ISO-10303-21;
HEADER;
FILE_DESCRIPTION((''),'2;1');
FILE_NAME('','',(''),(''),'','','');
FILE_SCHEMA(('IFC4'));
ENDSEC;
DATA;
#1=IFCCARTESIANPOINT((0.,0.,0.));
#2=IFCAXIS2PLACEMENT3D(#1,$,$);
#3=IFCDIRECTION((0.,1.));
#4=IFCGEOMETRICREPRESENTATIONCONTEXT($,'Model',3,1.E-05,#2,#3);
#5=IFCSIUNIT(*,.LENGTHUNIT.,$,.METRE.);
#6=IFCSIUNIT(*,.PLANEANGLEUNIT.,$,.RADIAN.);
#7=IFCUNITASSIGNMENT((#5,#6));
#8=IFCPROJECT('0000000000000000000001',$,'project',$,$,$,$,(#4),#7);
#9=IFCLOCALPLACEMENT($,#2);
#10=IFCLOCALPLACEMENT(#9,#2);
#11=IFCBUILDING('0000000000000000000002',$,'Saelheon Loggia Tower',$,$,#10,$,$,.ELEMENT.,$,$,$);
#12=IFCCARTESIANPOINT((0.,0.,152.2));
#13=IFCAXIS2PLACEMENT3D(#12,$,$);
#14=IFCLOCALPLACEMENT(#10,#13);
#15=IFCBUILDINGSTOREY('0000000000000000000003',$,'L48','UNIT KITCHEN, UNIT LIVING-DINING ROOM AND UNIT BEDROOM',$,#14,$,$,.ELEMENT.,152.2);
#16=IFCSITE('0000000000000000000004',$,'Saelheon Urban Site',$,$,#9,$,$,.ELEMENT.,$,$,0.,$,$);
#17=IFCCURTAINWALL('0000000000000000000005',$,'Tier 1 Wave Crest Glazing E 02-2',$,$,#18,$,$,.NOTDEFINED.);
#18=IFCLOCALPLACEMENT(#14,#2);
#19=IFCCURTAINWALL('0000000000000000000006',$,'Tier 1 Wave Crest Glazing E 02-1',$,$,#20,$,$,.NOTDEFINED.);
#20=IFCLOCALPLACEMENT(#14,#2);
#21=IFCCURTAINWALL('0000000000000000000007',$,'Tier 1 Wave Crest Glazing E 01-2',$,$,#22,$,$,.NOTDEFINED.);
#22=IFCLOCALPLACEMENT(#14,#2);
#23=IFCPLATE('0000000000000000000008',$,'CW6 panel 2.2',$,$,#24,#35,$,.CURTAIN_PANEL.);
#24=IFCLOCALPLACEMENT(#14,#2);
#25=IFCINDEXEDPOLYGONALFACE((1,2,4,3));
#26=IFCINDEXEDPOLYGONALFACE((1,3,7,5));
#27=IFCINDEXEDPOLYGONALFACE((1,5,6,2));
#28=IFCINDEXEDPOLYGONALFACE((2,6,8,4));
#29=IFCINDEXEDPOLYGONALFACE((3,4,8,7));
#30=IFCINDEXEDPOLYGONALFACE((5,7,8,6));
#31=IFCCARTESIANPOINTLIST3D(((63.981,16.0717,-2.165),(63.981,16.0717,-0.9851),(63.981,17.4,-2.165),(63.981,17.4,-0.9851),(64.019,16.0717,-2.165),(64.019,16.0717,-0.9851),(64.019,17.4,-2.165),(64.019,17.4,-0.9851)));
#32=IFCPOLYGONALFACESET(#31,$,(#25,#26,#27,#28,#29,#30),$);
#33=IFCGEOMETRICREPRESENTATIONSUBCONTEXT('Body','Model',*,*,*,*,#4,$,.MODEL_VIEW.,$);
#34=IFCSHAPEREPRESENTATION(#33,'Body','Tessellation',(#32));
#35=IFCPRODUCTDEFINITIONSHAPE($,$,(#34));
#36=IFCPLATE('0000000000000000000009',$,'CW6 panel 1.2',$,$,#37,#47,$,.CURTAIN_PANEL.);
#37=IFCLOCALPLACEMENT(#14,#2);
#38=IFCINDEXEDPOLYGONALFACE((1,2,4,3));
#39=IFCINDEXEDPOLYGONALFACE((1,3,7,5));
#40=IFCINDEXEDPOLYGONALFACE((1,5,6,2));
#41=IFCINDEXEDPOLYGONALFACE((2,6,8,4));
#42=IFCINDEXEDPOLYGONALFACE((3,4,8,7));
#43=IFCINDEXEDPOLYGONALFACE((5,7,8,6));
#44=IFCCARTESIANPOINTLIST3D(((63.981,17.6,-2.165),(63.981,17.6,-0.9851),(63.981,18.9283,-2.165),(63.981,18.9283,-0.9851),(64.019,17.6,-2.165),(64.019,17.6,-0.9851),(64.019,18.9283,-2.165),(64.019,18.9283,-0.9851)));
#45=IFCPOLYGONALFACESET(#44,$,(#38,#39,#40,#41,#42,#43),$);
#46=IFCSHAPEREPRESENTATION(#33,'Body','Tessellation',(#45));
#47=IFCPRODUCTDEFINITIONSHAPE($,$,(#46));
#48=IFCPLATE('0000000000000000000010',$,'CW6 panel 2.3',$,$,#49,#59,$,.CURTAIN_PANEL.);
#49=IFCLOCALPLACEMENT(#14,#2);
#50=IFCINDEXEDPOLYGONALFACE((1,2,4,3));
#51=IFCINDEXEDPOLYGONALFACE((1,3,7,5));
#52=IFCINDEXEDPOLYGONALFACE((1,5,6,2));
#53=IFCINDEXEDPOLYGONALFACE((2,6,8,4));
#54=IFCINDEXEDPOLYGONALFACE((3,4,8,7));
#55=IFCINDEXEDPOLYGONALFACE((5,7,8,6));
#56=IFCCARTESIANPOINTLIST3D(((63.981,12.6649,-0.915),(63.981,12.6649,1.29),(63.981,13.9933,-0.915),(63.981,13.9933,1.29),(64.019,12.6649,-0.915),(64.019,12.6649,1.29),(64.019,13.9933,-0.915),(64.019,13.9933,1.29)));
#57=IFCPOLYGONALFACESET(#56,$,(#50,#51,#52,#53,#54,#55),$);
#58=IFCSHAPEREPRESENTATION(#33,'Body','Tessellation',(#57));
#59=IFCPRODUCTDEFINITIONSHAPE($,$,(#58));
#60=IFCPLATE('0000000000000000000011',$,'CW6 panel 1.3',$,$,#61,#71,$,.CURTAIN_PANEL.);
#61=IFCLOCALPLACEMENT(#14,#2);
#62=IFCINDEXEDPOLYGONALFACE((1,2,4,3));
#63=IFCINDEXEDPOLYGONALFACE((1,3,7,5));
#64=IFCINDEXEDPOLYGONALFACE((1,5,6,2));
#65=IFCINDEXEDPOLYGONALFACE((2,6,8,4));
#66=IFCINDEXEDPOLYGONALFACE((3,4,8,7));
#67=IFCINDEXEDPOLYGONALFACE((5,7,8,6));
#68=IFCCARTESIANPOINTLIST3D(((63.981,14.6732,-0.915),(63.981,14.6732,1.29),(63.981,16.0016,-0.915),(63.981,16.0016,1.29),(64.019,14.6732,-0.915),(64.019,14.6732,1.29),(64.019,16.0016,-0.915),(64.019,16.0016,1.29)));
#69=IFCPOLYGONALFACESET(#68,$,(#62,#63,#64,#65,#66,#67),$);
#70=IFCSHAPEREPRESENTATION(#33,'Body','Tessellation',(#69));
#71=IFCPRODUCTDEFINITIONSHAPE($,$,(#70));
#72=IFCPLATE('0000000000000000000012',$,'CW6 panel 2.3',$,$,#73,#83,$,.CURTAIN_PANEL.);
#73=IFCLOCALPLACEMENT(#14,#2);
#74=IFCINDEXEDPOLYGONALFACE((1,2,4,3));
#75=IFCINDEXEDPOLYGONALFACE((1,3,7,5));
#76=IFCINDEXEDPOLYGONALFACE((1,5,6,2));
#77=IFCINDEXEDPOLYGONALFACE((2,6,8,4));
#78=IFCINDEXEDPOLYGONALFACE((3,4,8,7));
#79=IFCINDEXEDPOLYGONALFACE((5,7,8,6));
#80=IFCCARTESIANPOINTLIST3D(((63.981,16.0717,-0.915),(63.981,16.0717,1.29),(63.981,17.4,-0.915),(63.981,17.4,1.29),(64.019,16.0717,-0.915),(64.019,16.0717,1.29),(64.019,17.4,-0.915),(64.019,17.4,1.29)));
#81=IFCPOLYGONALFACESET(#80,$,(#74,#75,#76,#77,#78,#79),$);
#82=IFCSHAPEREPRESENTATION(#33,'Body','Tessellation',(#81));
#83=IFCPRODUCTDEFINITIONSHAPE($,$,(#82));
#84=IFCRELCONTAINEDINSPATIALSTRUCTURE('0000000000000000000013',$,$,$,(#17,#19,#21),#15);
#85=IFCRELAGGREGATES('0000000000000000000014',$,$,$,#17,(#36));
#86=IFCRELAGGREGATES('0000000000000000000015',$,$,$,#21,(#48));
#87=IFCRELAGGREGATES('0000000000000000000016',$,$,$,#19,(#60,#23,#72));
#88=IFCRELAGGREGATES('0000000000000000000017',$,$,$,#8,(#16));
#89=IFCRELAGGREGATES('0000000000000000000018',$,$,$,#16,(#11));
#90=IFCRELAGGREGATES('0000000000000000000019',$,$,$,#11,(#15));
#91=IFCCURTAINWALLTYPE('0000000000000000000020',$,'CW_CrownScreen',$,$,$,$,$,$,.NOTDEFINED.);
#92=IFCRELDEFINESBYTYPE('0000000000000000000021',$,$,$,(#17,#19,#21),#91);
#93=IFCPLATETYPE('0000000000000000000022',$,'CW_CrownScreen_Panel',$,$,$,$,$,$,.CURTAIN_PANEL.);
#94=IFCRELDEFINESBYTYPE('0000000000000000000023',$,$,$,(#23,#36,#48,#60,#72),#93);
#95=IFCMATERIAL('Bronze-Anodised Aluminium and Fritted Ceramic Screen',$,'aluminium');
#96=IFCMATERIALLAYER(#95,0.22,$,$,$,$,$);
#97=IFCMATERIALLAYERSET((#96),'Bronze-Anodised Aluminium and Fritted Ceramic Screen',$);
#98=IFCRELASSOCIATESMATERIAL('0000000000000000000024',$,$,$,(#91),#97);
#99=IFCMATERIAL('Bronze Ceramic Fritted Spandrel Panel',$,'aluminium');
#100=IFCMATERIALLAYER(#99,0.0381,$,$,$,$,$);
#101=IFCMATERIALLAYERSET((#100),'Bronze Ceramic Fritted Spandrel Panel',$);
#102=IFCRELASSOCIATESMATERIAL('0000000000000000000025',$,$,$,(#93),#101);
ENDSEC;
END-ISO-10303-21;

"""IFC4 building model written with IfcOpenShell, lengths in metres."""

from ifc_helpers import new_model, si_unit, direction, frame, origin, origin_2d, place, context, subcontext, project, spatial, rectangle, extrude, source, transform, mapped, material, layer, layer_set, type_object, element, aggregate, save


model = new_model("IFC4")

# Units and contexts
model_context = context("Model", 3, precision=1e-05, world=origin(), true_north=direction((0.0, 1.0)))
body_context = subcontext(model_context, "Body", "Model", "MODEL_VIEW")
ifc_project = project(units=[si_unit("LENGTHUNIT", "METRE"), si_unit("PLANEANGLEUNIT", "RADIAN")], contexts=[model_context])

# Site, building, storey
site_placement = place(None, origin())
site = spatial("IfcSite", under=ifc_project, at=site_placement, Name="Saelheon Urban Site", CompositionType="ELEMENT", RefElevation=0.0)
building_placement = place(site_placement, origin())
building = spatial("IfcBuilding", under=site, at=building_placement, Name="Saelheon Loggia Tower", CompositionType="ELEMENT")
storey_placement = place(building_placement, frame((0.0, 0.0, 152.2)))
storey = spatial("IfcBuildingStorey", under=building, at=storey_placement, Name="L48", Description="UNIT KITCHEN, UNIT LIVING-DINING ROOM AND UNIT BEDROOM", CompositionType="ELEMENT", Elevation=152.2)

# Curtain wall
ifc_material_1 = material(Name="Bronze-Anodised Aluminium and Fritted Ceramic Screen", Category="aluminium")
ifc_layer_1 = layer(ifc_material_1, 0.22)
ifc_layer_set_1 = layer_set([ifc_layer_1], Name="Bronze-Anodised Aluminium and Fritted Ceramic Screen")
curtain_wall_type = type_object("IfcCurtainWallType", Name="CW_CrownScreen", PredefinedType="NOTDEFINED", material=ifc_layer_set_1)
curtain_wall_1_placement = place(storey_placement, origin())
curtain_wall_1 = element("IfcCurtainWall", 1, at=curtain_wall_1_placement, inside=storey, type_object=curtain_wall_type, Name="Tier 1 Wave Crest Glazing E 02-2", PredefinedType="NOTDEFINED")

# Curtain wall
curtain_wall_2_placement = place(storey_placement, origin())
curtain_wall_2 = element("IfcCurtainWall", 2, at=curtain_wall_2_placement, inside=storey, type_object=curtain_wall_type, Name="Tier 1 Wave Crest Glazing E 02-1", PredefinedType="NOTDEFINED")

# Curtain wall
curtain_wall_3_placement = place(storey_placement, origin())
curtain_wall_3 = element("IfcCurtainWall", 3, at=curtain_wall_3_placement, inside=storey, type_object=curtain_wall_type, Name="Tier 1 Wave Crest Glazing E 01-2", PredefinedType="NOTDEFINED")

# Plates
ifc_material_2 = material(Name="Bronze Ceramic Fritted Spandrel Panel", Category="aluminium")
ifc_layer_2 = layer(ifc_material_2, 0.0381)
ifc_layer_set_2 = layer_set([ifc_layer_2], Name="Bronze Ceramic Fritted Spandrel Panel")
plate_type = type_object("IfcPlateType", Name="CW_CrownScreen_Panel", PredefinedType="CURTAIN_PANEL", material=ifc_layer_set_2)
shared_shape_1 = source(origin(), body_context, "Body", "SweptSolid", [
    extrude(rectangle(XDim=1.3284, YDim=0.0381, at=origin_2d()), origin(), (0.0, 0.0, 1.0), 1.1799),
])
plate_1_placement = place(storey_placement, frame((64.0, 16.7358, -2.165), z_axis=(0.0, 0.0, 1.0), x_axis=(0.0, 1.0, 0.0)))
plate_1 = element("IfcPlate", 4, at=plate_1_placement, type_object=plate_type, Name="CW6 panel 2.2", PredefinedType="CURTAIN_PANEL", context=body_context, shape_type="MappedRepresentation", body=[
    mapped(shared_shape_1, transform((0.0, 0.0, 0.0), scale=1.0)),
])
plate_2_placement = place(storey_placement, frame((64.0, 18.2642, -2.165), z_axis=(0.0, 0.0, 1.0), x_axis=(0.0, 1.0, 0.0)))
plate_2 = element("IfcPlate", 5, at=plate_2_placement, type_object=plate_type, Name="CW6 panel 1.2", PredefinedType="CURTAIN_PANEL", context=body_context, shape_type="MappedRepresentation", body=[
    mapped(shared_shape_1, transform((0.0, 0.0, 0.0), scale=1.0)),
])
aggregate(curtain_wall_1, [plate_2])
shared_shape_2 = source(origin(), body_context, "Body", "SweptSolid", [
    extrude(rectangle(XDim=1.3284, YDim=0.0381, at=origin_2d()), origin(), (0.0, 0.0, 1.0), 2.2051),
])
plate_3_placement = place(storey_placement, frame((64.0, 13.3291, -0.915), z_axis=(0.0, 0.0, 1.0), x_axis=(0.0, 1.0, 0.0)))
plate_3 = element("IfcPlate", 6, at=plate_3_placement, type_object=plate_type, Name="CW6 panel 2.3", PredefinedType="CURTAIN_PANEL", context=body_context, shape_type="MappedRepresentation", body=[
    mapped(shared_shape_2, transform((0.0, 0.0, 0.0), scale=1.0)),
])
aggregate(curtain_wall_3, [plate_3])
plate_4_placement = place(storey_placement, frame((64.0, 15.3374, -0.915), z_axis=(0.0, 0.0, 1.0), x_axis=(0.0, 1.0, 0.0)))
plate_4 = element("IfcPlate", 7, at=plate_4_placement, type_object=plate_type, Name="CW6 panel 1.3", PredefinedType="CURTAIN_PANEL", context=body_context, shape_type="MappedRepresentation", body=[
    mapped(shared_shape_2, transform((0.0, 0.0, 0.0), scale=1.0)),
])
plate_5_placement = place(storey_placement, frame((64.0, 16.7358, -0.915), z_axis=(0.0, 0.0, 1.0), x_axis=(0.0, 1.0, 0.0)))
plate_5 = element("IfcPlate", 8, at=plate_5_placement, type_object=plate_type, Name="CW6 panel 2.3", PredefinedType="CURTAIN_PANEL", context=body_context, shape_type="MappedRepresentation", body=[
    mapped(shared_shape_2, transform((0.0, 0.0, 0.0), scale=1.0)),
])
aggregate(curtain_wall_2, [plate_4, plate_1, plate_5])

save(model, "model.ifc")
